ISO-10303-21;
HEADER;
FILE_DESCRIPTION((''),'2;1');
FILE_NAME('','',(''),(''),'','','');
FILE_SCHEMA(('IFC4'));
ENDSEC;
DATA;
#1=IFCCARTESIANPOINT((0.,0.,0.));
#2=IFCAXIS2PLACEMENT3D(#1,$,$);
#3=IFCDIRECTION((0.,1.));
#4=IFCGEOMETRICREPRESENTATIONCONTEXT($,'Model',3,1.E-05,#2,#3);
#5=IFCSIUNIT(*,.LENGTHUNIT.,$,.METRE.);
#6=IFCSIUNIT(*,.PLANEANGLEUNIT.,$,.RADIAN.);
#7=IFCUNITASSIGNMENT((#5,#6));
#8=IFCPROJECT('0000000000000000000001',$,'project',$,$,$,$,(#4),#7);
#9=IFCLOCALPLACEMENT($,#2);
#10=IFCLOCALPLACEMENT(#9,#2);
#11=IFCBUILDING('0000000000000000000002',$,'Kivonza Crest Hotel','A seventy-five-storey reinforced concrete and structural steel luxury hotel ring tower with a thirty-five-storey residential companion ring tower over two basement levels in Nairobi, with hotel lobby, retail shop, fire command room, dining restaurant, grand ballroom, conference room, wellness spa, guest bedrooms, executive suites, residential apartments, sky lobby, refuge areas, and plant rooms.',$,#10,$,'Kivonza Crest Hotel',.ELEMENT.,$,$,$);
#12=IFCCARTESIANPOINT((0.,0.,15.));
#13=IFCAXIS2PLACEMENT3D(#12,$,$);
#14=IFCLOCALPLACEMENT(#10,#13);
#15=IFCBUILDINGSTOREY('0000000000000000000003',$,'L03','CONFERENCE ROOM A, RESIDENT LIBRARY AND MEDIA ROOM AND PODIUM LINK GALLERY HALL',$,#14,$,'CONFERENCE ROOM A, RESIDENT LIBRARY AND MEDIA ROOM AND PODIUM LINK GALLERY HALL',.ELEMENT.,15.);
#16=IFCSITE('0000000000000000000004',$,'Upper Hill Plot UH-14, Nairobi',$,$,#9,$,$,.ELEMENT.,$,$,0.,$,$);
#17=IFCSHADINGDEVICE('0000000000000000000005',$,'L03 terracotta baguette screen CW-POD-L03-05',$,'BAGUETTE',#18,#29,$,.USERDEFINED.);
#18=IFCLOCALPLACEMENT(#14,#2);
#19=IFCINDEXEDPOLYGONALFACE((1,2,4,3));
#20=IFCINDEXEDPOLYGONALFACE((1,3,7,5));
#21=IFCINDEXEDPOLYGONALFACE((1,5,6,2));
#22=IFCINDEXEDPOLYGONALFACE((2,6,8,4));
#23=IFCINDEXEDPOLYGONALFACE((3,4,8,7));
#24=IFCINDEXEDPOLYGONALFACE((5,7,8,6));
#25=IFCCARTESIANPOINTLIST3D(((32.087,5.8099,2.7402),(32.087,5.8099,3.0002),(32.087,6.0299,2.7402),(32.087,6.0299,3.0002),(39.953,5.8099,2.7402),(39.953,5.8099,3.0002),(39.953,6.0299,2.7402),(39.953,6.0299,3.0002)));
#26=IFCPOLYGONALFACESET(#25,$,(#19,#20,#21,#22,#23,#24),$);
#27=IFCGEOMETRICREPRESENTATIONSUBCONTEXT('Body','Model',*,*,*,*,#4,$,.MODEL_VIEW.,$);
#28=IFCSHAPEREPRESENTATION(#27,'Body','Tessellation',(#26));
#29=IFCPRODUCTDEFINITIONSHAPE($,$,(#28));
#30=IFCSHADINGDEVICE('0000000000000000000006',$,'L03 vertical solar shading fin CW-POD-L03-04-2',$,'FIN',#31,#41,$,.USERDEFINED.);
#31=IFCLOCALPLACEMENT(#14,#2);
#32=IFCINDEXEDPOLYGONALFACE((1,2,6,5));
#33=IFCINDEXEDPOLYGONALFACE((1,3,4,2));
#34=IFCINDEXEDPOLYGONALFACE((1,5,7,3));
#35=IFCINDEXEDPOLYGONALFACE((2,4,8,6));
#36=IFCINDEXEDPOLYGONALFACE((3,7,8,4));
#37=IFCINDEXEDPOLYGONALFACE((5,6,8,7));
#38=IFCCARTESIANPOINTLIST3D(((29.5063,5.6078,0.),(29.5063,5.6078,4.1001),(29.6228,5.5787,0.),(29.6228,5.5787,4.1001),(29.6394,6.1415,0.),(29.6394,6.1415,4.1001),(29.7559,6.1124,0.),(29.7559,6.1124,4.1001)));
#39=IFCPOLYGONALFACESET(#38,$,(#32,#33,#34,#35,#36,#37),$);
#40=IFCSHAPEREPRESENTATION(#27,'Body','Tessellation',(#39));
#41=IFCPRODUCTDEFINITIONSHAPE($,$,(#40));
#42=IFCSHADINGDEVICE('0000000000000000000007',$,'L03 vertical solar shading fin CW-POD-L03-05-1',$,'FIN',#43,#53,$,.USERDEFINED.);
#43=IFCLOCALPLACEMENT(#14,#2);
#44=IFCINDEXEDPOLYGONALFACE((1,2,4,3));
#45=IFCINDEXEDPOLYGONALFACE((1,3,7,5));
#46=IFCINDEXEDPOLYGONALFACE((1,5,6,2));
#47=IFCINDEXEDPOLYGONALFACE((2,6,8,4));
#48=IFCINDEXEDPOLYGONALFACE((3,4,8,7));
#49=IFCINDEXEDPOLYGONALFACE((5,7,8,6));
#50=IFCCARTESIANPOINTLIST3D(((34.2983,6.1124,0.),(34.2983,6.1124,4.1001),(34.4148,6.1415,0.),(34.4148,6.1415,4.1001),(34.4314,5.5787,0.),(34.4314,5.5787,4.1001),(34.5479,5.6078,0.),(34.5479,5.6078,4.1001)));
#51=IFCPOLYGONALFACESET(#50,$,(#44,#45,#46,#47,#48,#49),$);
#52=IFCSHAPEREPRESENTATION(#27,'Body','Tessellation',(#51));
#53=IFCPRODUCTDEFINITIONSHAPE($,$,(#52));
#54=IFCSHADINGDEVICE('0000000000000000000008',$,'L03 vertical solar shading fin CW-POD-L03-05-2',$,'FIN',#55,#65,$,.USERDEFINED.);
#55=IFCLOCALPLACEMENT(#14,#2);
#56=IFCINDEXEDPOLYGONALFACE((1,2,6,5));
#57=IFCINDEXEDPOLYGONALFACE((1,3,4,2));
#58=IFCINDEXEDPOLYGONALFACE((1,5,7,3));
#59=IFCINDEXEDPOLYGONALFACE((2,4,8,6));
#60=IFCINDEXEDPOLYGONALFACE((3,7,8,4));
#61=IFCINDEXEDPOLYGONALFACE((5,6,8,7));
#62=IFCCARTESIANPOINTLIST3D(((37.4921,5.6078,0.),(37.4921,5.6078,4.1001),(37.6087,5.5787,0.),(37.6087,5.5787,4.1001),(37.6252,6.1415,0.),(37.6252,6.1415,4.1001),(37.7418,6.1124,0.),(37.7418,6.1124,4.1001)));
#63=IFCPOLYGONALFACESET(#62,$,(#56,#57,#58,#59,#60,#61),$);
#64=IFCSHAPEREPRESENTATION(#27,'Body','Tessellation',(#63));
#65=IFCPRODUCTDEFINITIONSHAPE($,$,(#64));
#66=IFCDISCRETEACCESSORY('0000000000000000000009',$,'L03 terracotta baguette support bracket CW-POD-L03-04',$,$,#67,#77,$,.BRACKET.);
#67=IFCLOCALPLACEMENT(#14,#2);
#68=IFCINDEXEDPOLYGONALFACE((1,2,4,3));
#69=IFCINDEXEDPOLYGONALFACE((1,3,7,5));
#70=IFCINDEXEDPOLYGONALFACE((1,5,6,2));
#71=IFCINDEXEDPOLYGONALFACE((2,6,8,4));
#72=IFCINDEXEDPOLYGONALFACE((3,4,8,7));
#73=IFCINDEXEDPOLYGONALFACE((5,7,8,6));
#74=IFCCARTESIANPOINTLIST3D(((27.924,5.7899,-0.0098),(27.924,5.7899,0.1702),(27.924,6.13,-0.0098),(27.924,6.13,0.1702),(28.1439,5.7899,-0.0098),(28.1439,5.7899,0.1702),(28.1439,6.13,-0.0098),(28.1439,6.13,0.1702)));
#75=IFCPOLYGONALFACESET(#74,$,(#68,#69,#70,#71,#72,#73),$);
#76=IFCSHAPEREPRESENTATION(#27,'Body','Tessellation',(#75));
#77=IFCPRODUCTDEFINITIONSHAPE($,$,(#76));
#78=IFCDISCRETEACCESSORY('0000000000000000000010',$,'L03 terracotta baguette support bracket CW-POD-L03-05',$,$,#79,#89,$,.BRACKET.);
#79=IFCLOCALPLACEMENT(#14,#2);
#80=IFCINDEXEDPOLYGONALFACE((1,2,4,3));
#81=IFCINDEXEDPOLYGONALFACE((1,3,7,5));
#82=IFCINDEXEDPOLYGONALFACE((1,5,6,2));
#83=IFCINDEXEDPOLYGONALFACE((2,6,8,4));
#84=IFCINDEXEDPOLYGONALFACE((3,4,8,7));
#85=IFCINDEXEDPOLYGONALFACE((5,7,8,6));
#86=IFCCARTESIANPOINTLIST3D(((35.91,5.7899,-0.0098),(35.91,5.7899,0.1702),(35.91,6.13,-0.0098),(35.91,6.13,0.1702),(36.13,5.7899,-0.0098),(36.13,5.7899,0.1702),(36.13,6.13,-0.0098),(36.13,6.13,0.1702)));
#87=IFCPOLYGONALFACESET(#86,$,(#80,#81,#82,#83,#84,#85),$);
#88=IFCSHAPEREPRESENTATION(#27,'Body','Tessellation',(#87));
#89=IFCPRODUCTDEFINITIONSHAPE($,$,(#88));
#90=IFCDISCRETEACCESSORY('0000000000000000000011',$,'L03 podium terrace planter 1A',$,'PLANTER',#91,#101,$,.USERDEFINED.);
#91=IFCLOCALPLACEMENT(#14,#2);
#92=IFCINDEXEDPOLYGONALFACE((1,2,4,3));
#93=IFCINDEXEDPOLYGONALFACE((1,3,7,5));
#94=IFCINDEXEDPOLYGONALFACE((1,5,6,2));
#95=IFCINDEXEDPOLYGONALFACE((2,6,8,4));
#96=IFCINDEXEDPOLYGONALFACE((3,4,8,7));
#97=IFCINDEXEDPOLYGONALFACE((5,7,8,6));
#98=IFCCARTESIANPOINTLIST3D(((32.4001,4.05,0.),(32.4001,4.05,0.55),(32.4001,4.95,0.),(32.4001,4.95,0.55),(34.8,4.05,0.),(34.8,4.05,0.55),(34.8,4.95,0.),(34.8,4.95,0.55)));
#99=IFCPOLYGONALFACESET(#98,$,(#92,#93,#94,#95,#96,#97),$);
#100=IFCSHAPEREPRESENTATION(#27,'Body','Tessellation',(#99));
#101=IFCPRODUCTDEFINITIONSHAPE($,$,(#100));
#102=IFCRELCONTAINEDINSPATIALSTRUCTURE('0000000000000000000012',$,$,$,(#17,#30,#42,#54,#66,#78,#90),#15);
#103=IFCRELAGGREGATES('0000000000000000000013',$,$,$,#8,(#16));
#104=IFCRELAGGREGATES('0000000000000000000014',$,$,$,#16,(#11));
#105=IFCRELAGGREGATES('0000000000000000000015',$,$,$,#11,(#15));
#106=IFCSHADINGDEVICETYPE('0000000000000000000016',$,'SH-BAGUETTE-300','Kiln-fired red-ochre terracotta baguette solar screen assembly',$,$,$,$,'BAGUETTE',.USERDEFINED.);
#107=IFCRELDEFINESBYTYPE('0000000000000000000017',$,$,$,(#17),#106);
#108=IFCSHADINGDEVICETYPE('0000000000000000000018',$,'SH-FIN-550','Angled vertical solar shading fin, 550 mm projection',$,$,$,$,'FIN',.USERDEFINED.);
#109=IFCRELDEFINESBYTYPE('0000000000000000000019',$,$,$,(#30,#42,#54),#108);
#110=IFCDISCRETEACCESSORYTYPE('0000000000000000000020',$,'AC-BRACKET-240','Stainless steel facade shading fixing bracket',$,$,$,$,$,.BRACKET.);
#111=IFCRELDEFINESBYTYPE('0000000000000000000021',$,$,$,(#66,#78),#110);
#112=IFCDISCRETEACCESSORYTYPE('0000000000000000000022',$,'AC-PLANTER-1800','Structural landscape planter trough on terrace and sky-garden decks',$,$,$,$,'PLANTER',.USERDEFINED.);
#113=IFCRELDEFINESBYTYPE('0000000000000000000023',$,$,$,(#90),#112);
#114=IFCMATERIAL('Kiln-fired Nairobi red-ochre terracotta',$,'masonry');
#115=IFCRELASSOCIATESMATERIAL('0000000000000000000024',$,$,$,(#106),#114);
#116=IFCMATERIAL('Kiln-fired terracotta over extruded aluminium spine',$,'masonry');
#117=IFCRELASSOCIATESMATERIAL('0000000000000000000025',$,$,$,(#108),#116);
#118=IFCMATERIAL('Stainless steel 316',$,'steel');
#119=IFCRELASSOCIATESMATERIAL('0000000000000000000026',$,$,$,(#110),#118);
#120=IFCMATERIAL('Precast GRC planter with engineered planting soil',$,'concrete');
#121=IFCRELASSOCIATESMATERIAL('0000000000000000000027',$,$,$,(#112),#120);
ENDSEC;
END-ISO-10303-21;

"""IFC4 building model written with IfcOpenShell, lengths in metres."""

from ifc_helpers import new_model, si_unit, direction, frame, origin, origin_2d, place, context, subcontext, project, spatial, rectangle, extrude, material, type_object, element, save


model = new_model("IFC4")

# Units and contexts
model_context = context("Model", 3, precision=1e-05, world=origin(), true_north=direction((0.0, 1.0)))
body_context = subcontext(model_context, "Body", "Model", "MODEL_VIEW")
ifc_project = project(units=[si_unit("LENGTHUNIT", "METRE"), si_unit("PLANEANGLEUNIT", "RADIAN")], contexts=[model_context])

# Site, building, storey
site_placement = place(None, origin())
site = spatial("IfcSite", under=ifc_project, at=site_placement, Name="Upper Hill Plot UH-14, Nairobi", CompositionType="ELEMENT", RefElevation=0.0)
building_placement = place(site_placement, origin())
building = spatial("IfcBuilding", under=site, at=building_placement, Name="Kivonza Crest Hotel", Description="A seventy-five-storey reinforced concrete and structural steel luxury hotel ring tower with a thirty-five-storey residential companion ring tower over two basement levels in Nairobi, with hotel lobby, retail shop, fire command room, dining restaurant, grand ballroom, conference room, wellness spa, guest bedrooms, executive suites, residential apartments, sky lobby, refuge areas, and plant rooms.", LongName="Kivonza Crest Hotel", CompositionType="ELEMENT")
storey_placement = place(building_placement, frame((0.0, 0.0, 15.0)))
storey = spatial("IfcBuildingStorey", under=building, at=storey_placement, Name="L03", Description="CONFERENCE ROOM A, RESIDENT LIBRARY AND MEDIA ROOM AND PODIUM LINK GALLERY HALL", LongName="CONFERENCE ROOM A, RESIDENT LIBRARY AND MEDIA ROOM AND PODIUM LINK GALLERY HALL", CompositionType="ELEMENT", Elevation=15.0)

# Shading devices
ifc_material_1 = material(Name="Kiln-fired Nairobi red-ochre terracotta", Category="masonry")
shading_device_type_1 = type_object("IfcShadingDeviceType", Name="SH-BAGUETTE-300", Description="Kiln-fired red-ochre terracotta baguette solar screen assembly", ElementType="BAGUETTE", PredefinedType="USERDEFINED", material=ifc_material_1)
shading_device_1_placement = place(storey_placement, frame((36.02, 5.9199, 2.7402), z_axis=(0.0, 0.0, 1.0), x_axis=(1.0, 0.0, 0.0)))
element("IfcShadingDevice", 1, at=shading_device_1_placement, inside=storey, type_object=shading_device_type_1, Name="L03 terracotta baguette screen CW-POD-L03-05", ObjectType="BAGUETTE", PredefinedType="USERDEFINED", context=body_context, shape_type="SweptSolid", body=[
    extrude(rectangle(XDim=7.866, YDim=0.22, at=origin_2d()), origin(), (0.0, 0.0, 1.0), 0.26),
])
ifc_material_2 = material(Name="Kiln-fired terracotta over extruded aluminium spine", Category="masonry")
shading_device_type_2 = type_object("IfcShadingDeviceType", Name="SH-FIN-550", Description="Angled vertical solar shading fin, 550 mm projection", ElementType="FIN", PredefinedType="USERDEFINED", material=ifc_material_2)
for number, where, z_axis, x_axis, name in (
    (2, (29.6311, 5.8601, 0.0), (0.0, 0.0, 1.0), (0.970296, -0.241922, 0.0), "L03 vertical solar shading fin CW-POD-L03-04-2"),
    (3, (34.4231, 5.8601, 0.0), (0.0, 0.0, 1.0), (0.970296, 0.241922, 0.0), "L03 vertical solar shading fin CW-POD-L03-05-1"),
    (4, (37.6169, 5.8601, 0.0), (0.0, 0.0, 1.0), (0.970296, -0.241922, 0.0), "L03 vertical solar shading fin CW-POD-L03-05-2"),
):
    element("IfcShadingDevice", number, at=place(storey_placement, frame(where, z_axis=z_axis, x_axis=x_axis)), inside=storey, type_object=shading_device_type_2, Name=name, ObjectType="FIN", PredefinedType="USERDEFINED", context=body_context, shape_type="SweptSolid", body=[
        extrude(rectangle(XDim=0.1201, YDim=0.55, at=origin_2d()), origin(), (0.0, 0.0, 1.0), 4.1001),
    ])

# Discrete accessories
ifc_material_3 = material(Name="Stainless steel 316", Category="steel")
discrete_accessory_type_1 = type_object("IfcDiscreteAccessoryType", Name="AC-BRACKET-240", Description="Stainless steel facade shading fixing bracket", PredefinedType="BRACKET", material=ifc_material_3)
for number, where, z_axis, x_axis, name in (
    (5, (28.0339, 5.96, -0.0098), (0.0, 0.0, 1.0), (1.0, 0.0, 0.0), "L03 terracotta baguette support bracket CW-POD-L03-04"),
    (6, (36.02, 5.96, -0.0098), (0.0, 0.0, 1.0), (1.0, 0.0, 0.0), "L03 terracotta baguette support bracket CW-POD-L03-05"),
):
    element("IfcDiscreteAccessory", number, at=place(storey_placement, frame(where, z_axis=z_axis, x_axis=x_axis)), inside=storey, type_object=discrete_accessory_type_1, Name=name, PredefinedType="BRACKET", context=body_context, shape_type="SweptSolid", body=[
        extrude(rectangle(XDim=0.22, YDim=0.3401, at=origin_2d()), origin(), (0.0, 0.0, 1.0), 0.1799),
    ])
ifc_material_4 = material(Name="Precast GRC planter with engineered planting soil", Category="concrete")
discrete_accessory_type_2 = type_object("IfcDiscreteAccessoryType", Name="AC-PLANTER-1800", Description="Structural landscape planter trough on terrace and sky-garden decks", ElementType="PLANTER", PredefinedType="USERDEFINED", material=ifc_material_4)
discrete_accessory_placement = place(storey_placement, frame((33.6001, 4.5, 0.0), z_axis=(0.0, 0.0, 1.0), x_axis=(1.0, 0.0, 0.0)))
element("IfcDiscreteAccessory", 7, at=discrete_accessory_placement, inside=storey, type_object=discrete_accessory_type_2, Name="L03 podium terrace planter 1A", ObjectType="PLANTER", PredefinedType="USERDEFINED", context=body_context, shape_type="SweptSolid", body=[
    extrude(rectangle(XDim=2.3999, YDim=0.8999, at=origin_2d()), origin(), (0.0, 0.0, 1.0), 0.55),
])

save(model, "model.ifc")
